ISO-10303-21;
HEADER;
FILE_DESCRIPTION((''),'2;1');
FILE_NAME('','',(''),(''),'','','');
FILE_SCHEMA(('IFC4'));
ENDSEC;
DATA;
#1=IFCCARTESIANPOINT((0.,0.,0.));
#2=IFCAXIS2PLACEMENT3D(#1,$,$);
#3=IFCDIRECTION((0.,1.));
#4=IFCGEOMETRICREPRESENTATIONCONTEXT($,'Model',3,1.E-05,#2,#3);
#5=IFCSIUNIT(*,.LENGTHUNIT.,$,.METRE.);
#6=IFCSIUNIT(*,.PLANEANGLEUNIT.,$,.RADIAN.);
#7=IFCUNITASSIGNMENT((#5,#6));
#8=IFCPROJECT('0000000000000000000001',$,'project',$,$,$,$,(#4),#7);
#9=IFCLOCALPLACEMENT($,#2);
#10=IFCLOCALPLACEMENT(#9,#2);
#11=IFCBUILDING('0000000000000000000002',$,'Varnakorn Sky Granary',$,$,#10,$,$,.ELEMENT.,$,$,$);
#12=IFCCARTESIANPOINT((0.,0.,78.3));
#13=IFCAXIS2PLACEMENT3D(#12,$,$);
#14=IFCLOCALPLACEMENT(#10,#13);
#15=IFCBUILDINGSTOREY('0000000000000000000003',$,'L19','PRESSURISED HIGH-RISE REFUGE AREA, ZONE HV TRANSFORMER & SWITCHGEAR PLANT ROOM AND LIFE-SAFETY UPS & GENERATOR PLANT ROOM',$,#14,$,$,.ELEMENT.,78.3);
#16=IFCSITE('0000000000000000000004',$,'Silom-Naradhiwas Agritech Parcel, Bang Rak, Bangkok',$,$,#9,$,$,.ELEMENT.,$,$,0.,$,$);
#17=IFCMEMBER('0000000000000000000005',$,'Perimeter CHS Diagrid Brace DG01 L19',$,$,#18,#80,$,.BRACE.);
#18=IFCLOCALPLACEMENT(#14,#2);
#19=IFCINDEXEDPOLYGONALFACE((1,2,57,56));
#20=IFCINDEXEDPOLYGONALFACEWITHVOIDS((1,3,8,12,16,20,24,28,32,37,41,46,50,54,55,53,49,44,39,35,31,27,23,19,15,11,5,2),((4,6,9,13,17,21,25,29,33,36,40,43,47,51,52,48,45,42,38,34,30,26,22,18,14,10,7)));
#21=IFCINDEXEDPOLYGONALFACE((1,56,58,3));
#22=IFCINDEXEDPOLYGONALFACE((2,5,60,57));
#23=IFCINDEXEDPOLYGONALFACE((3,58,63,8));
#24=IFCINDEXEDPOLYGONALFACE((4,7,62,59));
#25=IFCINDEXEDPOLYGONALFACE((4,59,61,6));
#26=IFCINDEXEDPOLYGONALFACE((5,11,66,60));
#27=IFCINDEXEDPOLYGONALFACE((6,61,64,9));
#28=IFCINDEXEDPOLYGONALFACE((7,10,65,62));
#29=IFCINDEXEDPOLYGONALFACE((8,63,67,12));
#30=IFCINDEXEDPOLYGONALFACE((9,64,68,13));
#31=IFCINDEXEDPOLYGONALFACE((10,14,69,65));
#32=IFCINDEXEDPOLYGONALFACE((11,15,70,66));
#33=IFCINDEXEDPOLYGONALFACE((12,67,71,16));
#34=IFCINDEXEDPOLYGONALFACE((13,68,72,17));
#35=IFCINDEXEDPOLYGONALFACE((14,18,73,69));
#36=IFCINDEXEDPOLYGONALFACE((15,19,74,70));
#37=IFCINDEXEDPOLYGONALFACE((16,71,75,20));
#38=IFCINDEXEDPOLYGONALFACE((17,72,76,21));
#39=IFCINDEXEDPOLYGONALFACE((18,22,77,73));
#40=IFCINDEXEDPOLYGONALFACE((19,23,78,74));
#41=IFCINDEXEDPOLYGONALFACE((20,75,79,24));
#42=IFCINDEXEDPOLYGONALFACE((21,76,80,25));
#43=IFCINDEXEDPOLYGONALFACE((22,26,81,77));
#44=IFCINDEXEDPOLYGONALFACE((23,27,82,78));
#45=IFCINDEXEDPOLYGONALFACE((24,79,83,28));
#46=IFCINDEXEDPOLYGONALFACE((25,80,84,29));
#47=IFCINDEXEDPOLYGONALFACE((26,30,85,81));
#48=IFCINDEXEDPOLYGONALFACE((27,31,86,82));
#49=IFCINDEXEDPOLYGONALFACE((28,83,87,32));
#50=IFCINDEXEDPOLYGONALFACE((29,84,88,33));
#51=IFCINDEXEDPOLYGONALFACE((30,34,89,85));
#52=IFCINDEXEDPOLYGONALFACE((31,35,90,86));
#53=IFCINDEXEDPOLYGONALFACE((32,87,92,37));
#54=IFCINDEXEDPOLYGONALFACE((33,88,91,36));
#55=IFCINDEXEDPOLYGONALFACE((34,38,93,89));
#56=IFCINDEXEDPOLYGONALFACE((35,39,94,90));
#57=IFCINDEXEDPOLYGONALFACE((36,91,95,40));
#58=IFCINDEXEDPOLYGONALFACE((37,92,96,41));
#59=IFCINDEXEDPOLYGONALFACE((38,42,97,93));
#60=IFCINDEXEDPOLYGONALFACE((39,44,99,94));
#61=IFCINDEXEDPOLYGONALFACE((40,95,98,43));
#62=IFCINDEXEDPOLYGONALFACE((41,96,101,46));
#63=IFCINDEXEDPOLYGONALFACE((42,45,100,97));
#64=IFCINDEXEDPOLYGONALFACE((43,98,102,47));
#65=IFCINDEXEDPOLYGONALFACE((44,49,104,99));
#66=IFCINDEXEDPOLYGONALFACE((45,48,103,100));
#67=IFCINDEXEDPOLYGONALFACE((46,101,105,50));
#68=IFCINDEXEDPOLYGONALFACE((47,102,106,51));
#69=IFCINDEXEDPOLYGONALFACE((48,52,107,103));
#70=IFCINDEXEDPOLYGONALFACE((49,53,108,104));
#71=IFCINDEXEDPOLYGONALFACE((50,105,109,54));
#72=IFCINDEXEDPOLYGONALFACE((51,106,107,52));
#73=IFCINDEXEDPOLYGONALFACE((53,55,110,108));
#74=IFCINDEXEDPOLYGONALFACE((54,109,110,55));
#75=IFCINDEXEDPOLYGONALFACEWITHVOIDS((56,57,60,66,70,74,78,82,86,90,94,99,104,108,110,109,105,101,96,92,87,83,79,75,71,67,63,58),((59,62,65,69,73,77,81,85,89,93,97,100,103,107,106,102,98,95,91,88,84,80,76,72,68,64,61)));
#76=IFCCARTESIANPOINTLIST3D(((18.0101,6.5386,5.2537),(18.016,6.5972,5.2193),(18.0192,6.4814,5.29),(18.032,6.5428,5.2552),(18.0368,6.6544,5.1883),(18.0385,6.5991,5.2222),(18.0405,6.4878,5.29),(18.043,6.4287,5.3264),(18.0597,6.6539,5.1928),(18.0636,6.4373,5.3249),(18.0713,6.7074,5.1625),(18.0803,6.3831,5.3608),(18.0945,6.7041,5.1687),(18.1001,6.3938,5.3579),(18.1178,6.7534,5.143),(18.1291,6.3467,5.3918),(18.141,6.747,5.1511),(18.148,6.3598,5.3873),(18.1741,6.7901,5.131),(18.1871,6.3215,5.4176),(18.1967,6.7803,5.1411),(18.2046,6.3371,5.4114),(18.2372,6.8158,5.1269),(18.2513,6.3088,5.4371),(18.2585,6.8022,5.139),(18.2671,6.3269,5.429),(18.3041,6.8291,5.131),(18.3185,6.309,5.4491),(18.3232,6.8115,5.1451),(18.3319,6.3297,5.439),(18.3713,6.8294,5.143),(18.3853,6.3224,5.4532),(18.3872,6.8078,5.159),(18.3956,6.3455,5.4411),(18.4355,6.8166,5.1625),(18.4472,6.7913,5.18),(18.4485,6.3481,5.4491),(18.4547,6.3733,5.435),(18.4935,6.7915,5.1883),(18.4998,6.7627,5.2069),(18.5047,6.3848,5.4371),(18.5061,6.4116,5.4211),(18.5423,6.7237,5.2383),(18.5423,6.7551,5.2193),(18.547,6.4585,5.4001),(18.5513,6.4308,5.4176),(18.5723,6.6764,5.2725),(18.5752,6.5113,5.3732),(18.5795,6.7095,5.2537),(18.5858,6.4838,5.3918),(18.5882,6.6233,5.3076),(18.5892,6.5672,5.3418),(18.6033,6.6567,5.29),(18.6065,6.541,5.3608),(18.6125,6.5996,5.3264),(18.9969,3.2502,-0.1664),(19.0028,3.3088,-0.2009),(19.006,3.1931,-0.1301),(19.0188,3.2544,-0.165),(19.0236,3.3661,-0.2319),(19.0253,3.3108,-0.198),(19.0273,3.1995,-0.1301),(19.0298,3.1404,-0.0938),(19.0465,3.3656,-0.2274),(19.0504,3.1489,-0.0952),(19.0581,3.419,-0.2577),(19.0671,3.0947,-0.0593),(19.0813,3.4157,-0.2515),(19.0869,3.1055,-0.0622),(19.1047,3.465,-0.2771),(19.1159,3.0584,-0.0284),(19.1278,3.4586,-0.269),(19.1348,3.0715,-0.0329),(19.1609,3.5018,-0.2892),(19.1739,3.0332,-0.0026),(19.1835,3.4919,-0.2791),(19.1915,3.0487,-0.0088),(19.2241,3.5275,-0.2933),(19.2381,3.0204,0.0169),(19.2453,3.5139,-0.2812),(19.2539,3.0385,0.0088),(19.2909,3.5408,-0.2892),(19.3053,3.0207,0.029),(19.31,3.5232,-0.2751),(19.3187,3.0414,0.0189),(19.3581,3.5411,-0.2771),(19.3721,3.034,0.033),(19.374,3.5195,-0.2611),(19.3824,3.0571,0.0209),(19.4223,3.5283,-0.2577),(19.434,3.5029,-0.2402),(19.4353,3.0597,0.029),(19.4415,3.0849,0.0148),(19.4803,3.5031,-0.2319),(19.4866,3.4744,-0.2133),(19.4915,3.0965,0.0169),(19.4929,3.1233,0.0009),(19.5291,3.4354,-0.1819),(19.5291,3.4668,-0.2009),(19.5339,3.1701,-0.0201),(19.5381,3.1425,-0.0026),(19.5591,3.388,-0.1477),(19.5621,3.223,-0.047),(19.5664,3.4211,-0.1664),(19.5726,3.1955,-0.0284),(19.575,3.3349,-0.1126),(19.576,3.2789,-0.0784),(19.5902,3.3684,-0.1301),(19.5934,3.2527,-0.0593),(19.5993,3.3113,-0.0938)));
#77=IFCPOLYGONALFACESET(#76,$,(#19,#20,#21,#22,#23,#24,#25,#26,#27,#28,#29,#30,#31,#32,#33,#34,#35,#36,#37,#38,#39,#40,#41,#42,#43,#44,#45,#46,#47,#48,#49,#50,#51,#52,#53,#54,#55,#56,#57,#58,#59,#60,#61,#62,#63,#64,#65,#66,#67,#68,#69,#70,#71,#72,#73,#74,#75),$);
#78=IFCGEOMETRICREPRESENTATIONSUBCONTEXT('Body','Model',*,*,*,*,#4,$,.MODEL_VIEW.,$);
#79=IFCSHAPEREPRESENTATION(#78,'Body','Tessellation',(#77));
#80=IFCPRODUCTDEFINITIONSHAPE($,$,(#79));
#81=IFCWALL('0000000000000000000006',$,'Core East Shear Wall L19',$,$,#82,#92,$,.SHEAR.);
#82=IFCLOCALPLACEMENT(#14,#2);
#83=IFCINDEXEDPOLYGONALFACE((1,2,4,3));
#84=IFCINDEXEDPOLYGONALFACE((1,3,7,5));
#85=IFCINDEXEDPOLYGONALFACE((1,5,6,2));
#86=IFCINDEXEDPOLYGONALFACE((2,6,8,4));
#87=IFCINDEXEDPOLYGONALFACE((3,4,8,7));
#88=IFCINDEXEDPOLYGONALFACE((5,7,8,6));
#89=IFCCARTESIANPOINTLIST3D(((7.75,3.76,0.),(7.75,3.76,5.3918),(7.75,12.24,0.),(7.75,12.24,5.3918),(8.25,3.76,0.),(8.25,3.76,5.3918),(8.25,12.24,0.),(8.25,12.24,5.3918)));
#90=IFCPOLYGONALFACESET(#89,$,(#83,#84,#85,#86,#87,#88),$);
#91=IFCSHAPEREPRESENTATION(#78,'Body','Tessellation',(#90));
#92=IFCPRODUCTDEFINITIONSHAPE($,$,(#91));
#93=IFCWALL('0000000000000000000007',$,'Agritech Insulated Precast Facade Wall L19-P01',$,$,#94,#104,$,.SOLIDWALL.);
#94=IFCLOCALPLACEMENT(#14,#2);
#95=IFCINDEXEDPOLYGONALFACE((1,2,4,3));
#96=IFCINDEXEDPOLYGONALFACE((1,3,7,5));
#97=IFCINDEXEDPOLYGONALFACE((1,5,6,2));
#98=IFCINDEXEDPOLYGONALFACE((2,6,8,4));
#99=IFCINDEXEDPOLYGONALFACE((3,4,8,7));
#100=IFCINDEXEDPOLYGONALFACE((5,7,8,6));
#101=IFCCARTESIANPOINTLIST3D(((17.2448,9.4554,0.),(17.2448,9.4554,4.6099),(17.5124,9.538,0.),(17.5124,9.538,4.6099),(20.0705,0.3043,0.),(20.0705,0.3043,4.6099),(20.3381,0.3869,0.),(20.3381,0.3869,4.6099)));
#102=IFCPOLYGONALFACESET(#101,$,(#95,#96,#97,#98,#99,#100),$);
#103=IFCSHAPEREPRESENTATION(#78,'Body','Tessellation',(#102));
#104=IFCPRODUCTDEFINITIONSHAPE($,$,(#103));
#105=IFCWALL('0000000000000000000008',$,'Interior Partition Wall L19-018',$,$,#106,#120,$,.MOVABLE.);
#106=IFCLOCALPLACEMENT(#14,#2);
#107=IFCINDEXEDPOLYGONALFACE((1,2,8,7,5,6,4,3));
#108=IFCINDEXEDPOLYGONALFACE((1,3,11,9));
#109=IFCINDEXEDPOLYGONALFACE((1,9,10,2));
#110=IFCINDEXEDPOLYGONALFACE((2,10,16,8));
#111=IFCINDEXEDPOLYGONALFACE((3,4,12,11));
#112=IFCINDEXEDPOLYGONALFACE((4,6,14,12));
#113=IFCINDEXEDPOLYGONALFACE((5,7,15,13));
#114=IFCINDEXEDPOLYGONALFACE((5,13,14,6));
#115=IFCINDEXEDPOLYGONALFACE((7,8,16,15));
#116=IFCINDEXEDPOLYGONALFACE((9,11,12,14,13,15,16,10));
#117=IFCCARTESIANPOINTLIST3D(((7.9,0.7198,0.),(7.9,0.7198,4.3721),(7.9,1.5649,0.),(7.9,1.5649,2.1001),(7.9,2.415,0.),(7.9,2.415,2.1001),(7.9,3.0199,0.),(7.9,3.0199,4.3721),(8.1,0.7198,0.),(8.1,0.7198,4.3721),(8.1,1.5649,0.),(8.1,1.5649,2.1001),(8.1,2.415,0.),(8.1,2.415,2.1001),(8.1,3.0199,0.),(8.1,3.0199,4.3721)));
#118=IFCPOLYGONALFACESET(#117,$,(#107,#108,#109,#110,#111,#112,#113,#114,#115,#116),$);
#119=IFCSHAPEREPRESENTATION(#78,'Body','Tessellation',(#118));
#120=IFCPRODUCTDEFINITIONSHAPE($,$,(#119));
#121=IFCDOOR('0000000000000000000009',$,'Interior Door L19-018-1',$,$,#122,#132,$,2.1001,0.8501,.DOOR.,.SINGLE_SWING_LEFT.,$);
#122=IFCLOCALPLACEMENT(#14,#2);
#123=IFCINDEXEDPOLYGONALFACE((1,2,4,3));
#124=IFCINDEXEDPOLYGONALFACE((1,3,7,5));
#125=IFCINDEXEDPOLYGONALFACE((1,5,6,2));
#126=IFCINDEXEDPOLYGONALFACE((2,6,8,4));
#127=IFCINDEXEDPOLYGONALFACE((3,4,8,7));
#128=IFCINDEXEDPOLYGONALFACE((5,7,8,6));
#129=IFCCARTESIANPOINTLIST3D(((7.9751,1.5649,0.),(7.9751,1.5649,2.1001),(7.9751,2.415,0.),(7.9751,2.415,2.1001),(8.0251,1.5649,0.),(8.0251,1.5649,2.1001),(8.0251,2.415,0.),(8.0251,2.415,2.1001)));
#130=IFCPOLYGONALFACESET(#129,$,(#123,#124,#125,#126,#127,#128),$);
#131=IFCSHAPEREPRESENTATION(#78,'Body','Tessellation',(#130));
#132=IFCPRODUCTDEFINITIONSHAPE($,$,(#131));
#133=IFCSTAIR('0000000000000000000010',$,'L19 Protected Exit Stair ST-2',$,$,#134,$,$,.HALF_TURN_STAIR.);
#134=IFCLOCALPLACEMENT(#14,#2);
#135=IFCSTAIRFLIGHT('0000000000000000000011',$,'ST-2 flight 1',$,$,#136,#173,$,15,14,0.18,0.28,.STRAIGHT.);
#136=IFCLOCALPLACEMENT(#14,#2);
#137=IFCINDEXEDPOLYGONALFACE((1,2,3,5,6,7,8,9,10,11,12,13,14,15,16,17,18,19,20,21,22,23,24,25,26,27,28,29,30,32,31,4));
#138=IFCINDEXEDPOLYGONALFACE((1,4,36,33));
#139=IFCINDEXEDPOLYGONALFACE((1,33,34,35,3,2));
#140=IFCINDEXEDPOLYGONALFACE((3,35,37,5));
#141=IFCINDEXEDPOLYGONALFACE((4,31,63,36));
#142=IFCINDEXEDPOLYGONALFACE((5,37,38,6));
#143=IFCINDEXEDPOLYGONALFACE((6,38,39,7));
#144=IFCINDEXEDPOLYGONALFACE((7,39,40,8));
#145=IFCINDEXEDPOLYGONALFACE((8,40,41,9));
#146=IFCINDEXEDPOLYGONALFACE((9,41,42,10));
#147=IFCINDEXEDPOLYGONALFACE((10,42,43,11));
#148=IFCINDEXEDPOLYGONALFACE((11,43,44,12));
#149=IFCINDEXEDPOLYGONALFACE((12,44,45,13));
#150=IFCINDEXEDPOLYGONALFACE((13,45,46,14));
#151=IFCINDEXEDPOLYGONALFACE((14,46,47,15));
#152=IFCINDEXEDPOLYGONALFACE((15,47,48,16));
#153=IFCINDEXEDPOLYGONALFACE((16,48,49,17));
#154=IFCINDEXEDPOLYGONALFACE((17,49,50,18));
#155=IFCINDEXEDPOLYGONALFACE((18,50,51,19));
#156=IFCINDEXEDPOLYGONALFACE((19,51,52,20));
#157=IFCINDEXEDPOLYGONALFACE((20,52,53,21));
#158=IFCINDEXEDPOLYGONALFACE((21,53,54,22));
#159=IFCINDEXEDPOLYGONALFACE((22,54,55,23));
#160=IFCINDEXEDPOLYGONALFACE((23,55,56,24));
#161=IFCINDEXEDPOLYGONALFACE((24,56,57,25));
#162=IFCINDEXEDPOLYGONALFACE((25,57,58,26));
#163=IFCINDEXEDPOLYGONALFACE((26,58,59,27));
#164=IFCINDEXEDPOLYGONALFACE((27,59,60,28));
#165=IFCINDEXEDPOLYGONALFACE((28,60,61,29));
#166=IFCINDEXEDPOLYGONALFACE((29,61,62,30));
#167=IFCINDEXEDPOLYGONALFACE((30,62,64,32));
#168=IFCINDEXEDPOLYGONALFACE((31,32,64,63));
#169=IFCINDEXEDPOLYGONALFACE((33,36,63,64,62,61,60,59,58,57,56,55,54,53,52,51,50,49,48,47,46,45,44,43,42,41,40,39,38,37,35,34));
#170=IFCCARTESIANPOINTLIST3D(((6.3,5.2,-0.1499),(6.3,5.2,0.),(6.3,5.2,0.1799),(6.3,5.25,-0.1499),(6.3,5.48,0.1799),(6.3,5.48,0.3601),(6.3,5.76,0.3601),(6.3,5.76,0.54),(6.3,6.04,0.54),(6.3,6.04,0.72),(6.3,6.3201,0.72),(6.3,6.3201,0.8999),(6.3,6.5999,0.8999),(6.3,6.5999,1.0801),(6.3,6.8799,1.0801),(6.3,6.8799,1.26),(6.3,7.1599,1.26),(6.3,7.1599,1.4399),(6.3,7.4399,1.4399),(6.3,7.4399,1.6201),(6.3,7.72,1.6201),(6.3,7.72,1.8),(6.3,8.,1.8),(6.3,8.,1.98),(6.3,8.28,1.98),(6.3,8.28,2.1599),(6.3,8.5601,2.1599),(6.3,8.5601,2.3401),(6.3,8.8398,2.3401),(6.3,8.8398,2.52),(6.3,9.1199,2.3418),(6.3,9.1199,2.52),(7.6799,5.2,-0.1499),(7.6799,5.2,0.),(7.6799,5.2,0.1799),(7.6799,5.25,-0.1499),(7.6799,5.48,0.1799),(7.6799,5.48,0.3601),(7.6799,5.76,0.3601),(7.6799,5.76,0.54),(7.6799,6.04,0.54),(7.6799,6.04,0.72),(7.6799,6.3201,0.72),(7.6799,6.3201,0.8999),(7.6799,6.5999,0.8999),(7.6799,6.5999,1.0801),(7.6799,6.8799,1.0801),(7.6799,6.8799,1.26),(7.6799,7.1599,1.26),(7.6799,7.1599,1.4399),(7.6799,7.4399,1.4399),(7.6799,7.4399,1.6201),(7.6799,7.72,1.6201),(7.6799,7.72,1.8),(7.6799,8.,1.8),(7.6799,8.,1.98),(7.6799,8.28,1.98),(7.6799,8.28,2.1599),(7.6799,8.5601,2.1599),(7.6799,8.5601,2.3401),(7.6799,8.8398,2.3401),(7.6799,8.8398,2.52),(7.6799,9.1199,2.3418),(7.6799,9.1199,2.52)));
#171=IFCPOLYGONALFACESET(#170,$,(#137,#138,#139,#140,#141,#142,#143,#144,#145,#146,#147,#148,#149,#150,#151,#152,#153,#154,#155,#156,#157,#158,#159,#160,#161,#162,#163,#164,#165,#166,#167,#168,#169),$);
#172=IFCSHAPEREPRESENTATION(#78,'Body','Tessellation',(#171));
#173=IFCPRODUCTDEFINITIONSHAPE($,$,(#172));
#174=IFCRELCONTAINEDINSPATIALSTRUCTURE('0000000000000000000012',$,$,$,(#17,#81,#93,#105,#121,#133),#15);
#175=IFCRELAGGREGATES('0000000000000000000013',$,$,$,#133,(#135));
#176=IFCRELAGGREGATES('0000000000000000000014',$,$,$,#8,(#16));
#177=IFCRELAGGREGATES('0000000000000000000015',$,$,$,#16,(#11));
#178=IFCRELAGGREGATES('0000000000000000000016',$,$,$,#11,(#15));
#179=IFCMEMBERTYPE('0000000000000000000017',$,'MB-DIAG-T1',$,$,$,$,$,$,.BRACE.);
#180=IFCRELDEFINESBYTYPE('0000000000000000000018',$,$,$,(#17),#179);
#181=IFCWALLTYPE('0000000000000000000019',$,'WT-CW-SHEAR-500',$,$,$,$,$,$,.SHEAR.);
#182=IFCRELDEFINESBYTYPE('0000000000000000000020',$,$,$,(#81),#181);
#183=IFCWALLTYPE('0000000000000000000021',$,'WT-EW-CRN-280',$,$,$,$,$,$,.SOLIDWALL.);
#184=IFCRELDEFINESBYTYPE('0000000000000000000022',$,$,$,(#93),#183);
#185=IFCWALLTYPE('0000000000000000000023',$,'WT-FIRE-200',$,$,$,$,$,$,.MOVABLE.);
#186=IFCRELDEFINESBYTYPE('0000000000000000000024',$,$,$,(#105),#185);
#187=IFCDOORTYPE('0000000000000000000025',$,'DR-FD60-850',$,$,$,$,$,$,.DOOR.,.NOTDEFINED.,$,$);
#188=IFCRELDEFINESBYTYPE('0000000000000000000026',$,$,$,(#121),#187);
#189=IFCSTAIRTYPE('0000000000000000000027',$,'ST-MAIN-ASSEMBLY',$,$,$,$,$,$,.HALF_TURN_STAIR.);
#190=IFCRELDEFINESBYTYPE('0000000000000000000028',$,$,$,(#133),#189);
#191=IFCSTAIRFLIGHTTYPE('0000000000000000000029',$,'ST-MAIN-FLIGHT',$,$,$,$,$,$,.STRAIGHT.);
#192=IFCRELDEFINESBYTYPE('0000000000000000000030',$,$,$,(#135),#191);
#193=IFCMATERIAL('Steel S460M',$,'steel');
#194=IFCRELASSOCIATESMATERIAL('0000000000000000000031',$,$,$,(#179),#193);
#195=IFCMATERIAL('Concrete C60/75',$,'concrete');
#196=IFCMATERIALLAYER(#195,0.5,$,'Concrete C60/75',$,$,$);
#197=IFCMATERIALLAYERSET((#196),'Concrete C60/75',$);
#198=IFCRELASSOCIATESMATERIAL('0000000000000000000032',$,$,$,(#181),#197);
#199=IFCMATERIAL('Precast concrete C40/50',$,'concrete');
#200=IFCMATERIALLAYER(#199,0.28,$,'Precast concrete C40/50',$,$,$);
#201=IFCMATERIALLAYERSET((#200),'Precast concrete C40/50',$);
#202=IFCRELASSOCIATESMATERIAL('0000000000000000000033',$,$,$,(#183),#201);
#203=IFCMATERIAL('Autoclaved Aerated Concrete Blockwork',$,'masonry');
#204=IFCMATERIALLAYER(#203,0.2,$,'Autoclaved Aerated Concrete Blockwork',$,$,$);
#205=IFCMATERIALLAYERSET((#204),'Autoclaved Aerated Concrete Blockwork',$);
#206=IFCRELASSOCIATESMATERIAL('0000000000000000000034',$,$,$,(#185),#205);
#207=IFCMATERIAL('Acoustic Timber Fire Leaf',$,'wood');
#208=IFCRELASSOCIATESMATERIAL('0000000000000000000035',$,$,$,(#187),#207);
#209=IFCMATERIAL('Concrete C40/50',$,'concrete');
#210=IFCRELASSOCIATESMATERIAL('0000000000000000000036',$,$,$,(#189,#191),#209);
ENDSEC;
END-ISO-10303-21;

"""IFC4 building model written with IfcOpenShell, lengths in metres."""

from ifc_helpers import new_model, si_unit, direction, frame, frame_2d, origin, origin_2d, place, context, subcontext, project, spatial, polyline, rectangle, hollow_circle, outline, extrude, material, layer, layer_set, material_profile, profile_set, type_object, element, fill, aggregate, save


model = new_model("IFC4")

# Units and contexts
model_context = context("Model", 3, precision=1e-05, world=origin(), true_north=direction((0.0, 1.0)))
body_context = subcontext(model_context, "Body", "Model", "MODEL_VIEW")
ifc_project = project(units=[si_unit("LENGTHUNIT", "METRE"), si_unit("PLANEANGLEUNIT", "RADIAN")], contexts=[model_context])

# Site, building, storey
site_placement = place(None, origin())
site = spatial("IfcSite", under=ifc_project, at=site_placement, Name="Silom-Naradhiwas Agritech Parcel, Bang Rak, Bangkok", CompositionType="ELEMENT", RefElevation=0.0)
building_placement = place(site_placement, origin())
building = spatial("IfcBuilding", under=site, at=building_placement, Name="Varnakorn Sky Granary", CompositionType="ELEMENT")
storey_placement = place(building_placement, frame((0.0, 0.0, 78.3)))
storey = spatial("IfcBuildingStorey", under=building, at=storey_placement, Name="L19", Description="PRESSURISED HIGH-RISE REFUGE AREA, ZONE HV TRANSFORMER & SWITCHGEAR PLANT ROOM AND LIFE-SAFETY UPS & GENERATOR PLANT ROOM", CompositionType="ELEMENT", Elevation=78.3)

# Shared definitions
ifc_material_1 = material(Name="Steel S460M", Category="steel")
ifc_material_2 = material(Name="Concrete C60/75", Category="concrete")

# Member
ifc_material_profile_1 = material_profile(ifc_material_1, hollow_circle(Radius=0.3049, WallThickness=0.0222, at=origin_2d()), Name="CHS 610x22")
ifc_profile_set_1 = profile_set([ifc_material_profile_1], Name="Steel S460M")
member_type_1 = type_object("IfcMemberType", Name="MB-DIAG-T1", PredefinedType="BRACE", material=ifc_profile_set_1)
member_1_placement = place(storey_placement, frame((19.2981, 3.2808, -0.1301), z_axis=(-0.153805, 0.51252, 0.844788), x_axis=(-0.957801, -0.287433, 0.0)))
element("IfcMember", 1, at=member_1_placement, inside=storey, type_object=member_type_1, Name="Perimeter CHS Diagrid Brace DG01 L19", PredefinedType="BRACE", context=body_context, shape_type="SweptSolid", body=[
    extrude(hollow_circle(Radius=0.3049, WallThickness=0.0222, at=origin_2d()), origin(), (0.0, 0.0, 1.0), 6.416),
])

# Walls
ifc_layer_1 = layer(ifc_material_2, 0.5, Name="Concrete C60/75")
ifc_layer_set_1 = layer_set([ifc_layer_1], Name="Concrete C60/75")
wall_type_1 = type_object("IfcWallType", Name="WT-CW-SHEAR-500", PredefinedType="SHEAR", material=ifc_layer_set_1)
wall_1_placement = place(storey_placement, frame((8.0, 3.76, 0.0), z_axis=(0.0, 0.0, 1.0), x_axis=(0.0, 1.0, 0.0)))
element("IfcWall", 2, at=wall_1_placement, inside=storey, type_object=wall_type_1, Name="Core East Shear Wall L19", PredefinedType="SHEAR", context=body_context, shape_type="SweptSolid", body=[
    extrude(rectangle(XDim=8.48, YDim=0.5, at=frame_2d((4.24, 0.0))), origin(), (0.0, 0.0, 1.0), 5.3918),
])
ifc_material_3 = material(Name="Precast concrete C40/50", Category="concrete")
ifc_layer_2 = layer(ifc_material_3, 0.28, Name="Precast concrete C40/50")
ifc_layer_set_2 = layer_set([ifc_layer_2], Name="Precast concrete C40/50")
wall_type_2 = type_object("IfcWallType", Name="WT-EW-CRN-280", PredefinedType="SOLIDWALL", material=ifc_layer_set_2)
wall_2_placement = place(storey_placement, frame((17.3787, 9.4966, 0.0), z_axis=(0.0, 0.0, 1.0), x_axis=(0.295035, -0.955486, 0.0)))
element("IfcWall", 3, at=wall_2_placement, inside=storey, type_object=wall_type_2, Name="Agritech Insulated Precast Facade Wall L19-P01", PredefinedType="SOLIDWALL", context=body_context, shape_type="SweptSolid", body=[
    extrude(rectangle(XDim=9.5774, YDim=0.28, at=frame_2d((4.7886, 0.0))), origin(), (0.0, 0.0, 1.0), 4.6099),
])

# Wall, opening, door
ifc_material_4 = material(Name="Autoclaved Aerated Concrete Blockwork", Category="masonry")
ifc_layer_3 = layer(ifc_material_4, 0.2, Name="Autoclaved Aerated Concrete Blockwork")
ifc_layer_set_3 = layer_set([ifc_layer_3], Name="Autoclaved Aerated Concrete Blockwork")
wall_type_3 = type_object("IfcWallType", Name="WT-FIRE-200", PredefinedType="MOVABLE", material=ifc_layer_set_3)
wall_3_placement = place(storey_placement, frame((8.0, 0.72, 0.0), z_axis=(0.0, 0.0, 1.0), x_axis=(0.0, 1.0, 0.0)))
wall_3 = element("IfcWall", 4, at=wall_3_placement, inside=storey, type_object=wall_type_3, Name="Interior Partition Wall L19-018", PredefinedType="MOVABLE", context=body_context, shape_type="SweptSolid", body=[
    extrude(rectangle(XDim=2.3, YDim=0.2, at=frame_2d((1.1499, 0.0))), origin(), (0.0, 0.0, 1.0), 4.3721),
])
opening_placement = place(wall_3_placement, frame((0.845, 0.0, 0.0)))
opening = element("IfcOpeningElement", 5, at=opening_placement, cuts=wall_3, PredefinedType="OPENING", context=body_context, shape_type="SweptSolid", body=[
    extrude(rectangle(XDim=0.8501, YDim=2.1001, at=frame_2d((0.425, 1.05))), frame((0.0, 0.1099, 0.0), z_axis=(0.0, -1.0, 0.0), x_axis=(1.0, 0.0, 0.0)), (0.0, 0.0, 1.0), 0.22),
])
ifc_material_5 = material(Name="Acoustic Timber Fire Leaf", Category="wood")
door_type = type_object("IfcDoorType", Name="DR-FD60-850", OperationType="NOTDEFINED", PredefinedType="DOOR", material=ifc_material_5)
door_placement = place(opening_placement, origin())
door = element("IfcDoor", 6, at=door_placement, inside=storey, type_object=door_type, Name="Interior Door L19-018-1", OperationType="SINGLE_SWING_LEFT", OverallHeight=2.1001, OverallWidth=0.8501, PredefinedType="DOOR", context=body_context, shape_type="SweptSolid", body=[
    extrude(rectangle(XDim=0.8501, YDim=2.1001, at=frame_2d((0.425, 1.05))), frame((0.0, 0.0249, 0.0), z_axis=(0.0, -1.0, 0.0), x_axis=(1.0, 0.0, 0.0)), (0.0, 0.0, 1.0), 0.05),
])
fill(opening, door)

# Stair, stair flight
ifc_material_6 = material(Name="Concrete C40/50", Category="concrete")
stair_type = type_object("IfcStairType", Name="ST-MAIN-ASSEMBLY", PredefinedType="HALF_TURN_STAIR", material=ifc_material_6)
stair_placement = place(storey_placement, origin())
stair = element("IfcStair", 7, at=stair_placement, inside=storey, type_object=stair_type, Name="L19 Protected Exit Stair ST-2", PredefinedType="HALF_TURN_STAIR")
stair_flight_type = type_object("IfcStairFlightType", Name="ST-MAIN-FLIGHT", PredefinedType="STRAIGHT", material=ifc_material_6)
stair_flight_placement = place(storey_placement, frame((6.99, 5.2, 0.0), z_axis=(0.0, 0.0, 1.0), x_axis=(0.0, 1.0, 0.0)))
stair_flight = element("IfcStairFlight", 8, at=stair_flight_placement, type_object=stair_flight_type, Name="ST-2 flight 1", NumberOfRisers=15, NumberOfTreads=14, PredefinedType="STRAIGHT", RiserHeight=0.18, TreadLength=0.28, context=body_context, shape_type="SweptSolid", body=[
    extrude(outline(polyline([(0.0, -0.1499), (0.0, 0.0), (0.0, 0.1799), (0.28, 0.1799), (0.28, 0.3601), (0.5601, 0.3601), (0.5601, 0.54), (0.8401, 0.54), (0.8401, 0.72), (1.1201, 0.72), (1.1201, 0.8999), (1.3999, 0.8999), (1.3999, 1.0801), (1.6799, 1.0801), (1.6799, 1.26), (1.96, 1.26), (1.96, 1.4399), (2.24, 1.4399), (2.24, 1.6201), (2.52, 1.6201), (2.52, 1.8), (2.8, 1.8), (2.8, 1.98), (3.0801, 1.98), (3.0801, 2.1599), (3.3601, 2.1599), (3.3601, 2.3401), (3.6399, 2.3401), (3.6399, 2.52), (3.9199, 2.52), (3.9199, 2.7), (3.9199, 2.3418), (0.05, -0.1499), (0.0, -0.1499)])), frame((0.0, 0.6899, 0.0), z_axis=(0.0, -1.0, 0.0), x_axis=(1.0, 0.0, 0.0)), (0.0, 0.0, 1.0), 1.3799),
])
aggregate(stair, [stair_flight])

save(model, "model.ifc")
